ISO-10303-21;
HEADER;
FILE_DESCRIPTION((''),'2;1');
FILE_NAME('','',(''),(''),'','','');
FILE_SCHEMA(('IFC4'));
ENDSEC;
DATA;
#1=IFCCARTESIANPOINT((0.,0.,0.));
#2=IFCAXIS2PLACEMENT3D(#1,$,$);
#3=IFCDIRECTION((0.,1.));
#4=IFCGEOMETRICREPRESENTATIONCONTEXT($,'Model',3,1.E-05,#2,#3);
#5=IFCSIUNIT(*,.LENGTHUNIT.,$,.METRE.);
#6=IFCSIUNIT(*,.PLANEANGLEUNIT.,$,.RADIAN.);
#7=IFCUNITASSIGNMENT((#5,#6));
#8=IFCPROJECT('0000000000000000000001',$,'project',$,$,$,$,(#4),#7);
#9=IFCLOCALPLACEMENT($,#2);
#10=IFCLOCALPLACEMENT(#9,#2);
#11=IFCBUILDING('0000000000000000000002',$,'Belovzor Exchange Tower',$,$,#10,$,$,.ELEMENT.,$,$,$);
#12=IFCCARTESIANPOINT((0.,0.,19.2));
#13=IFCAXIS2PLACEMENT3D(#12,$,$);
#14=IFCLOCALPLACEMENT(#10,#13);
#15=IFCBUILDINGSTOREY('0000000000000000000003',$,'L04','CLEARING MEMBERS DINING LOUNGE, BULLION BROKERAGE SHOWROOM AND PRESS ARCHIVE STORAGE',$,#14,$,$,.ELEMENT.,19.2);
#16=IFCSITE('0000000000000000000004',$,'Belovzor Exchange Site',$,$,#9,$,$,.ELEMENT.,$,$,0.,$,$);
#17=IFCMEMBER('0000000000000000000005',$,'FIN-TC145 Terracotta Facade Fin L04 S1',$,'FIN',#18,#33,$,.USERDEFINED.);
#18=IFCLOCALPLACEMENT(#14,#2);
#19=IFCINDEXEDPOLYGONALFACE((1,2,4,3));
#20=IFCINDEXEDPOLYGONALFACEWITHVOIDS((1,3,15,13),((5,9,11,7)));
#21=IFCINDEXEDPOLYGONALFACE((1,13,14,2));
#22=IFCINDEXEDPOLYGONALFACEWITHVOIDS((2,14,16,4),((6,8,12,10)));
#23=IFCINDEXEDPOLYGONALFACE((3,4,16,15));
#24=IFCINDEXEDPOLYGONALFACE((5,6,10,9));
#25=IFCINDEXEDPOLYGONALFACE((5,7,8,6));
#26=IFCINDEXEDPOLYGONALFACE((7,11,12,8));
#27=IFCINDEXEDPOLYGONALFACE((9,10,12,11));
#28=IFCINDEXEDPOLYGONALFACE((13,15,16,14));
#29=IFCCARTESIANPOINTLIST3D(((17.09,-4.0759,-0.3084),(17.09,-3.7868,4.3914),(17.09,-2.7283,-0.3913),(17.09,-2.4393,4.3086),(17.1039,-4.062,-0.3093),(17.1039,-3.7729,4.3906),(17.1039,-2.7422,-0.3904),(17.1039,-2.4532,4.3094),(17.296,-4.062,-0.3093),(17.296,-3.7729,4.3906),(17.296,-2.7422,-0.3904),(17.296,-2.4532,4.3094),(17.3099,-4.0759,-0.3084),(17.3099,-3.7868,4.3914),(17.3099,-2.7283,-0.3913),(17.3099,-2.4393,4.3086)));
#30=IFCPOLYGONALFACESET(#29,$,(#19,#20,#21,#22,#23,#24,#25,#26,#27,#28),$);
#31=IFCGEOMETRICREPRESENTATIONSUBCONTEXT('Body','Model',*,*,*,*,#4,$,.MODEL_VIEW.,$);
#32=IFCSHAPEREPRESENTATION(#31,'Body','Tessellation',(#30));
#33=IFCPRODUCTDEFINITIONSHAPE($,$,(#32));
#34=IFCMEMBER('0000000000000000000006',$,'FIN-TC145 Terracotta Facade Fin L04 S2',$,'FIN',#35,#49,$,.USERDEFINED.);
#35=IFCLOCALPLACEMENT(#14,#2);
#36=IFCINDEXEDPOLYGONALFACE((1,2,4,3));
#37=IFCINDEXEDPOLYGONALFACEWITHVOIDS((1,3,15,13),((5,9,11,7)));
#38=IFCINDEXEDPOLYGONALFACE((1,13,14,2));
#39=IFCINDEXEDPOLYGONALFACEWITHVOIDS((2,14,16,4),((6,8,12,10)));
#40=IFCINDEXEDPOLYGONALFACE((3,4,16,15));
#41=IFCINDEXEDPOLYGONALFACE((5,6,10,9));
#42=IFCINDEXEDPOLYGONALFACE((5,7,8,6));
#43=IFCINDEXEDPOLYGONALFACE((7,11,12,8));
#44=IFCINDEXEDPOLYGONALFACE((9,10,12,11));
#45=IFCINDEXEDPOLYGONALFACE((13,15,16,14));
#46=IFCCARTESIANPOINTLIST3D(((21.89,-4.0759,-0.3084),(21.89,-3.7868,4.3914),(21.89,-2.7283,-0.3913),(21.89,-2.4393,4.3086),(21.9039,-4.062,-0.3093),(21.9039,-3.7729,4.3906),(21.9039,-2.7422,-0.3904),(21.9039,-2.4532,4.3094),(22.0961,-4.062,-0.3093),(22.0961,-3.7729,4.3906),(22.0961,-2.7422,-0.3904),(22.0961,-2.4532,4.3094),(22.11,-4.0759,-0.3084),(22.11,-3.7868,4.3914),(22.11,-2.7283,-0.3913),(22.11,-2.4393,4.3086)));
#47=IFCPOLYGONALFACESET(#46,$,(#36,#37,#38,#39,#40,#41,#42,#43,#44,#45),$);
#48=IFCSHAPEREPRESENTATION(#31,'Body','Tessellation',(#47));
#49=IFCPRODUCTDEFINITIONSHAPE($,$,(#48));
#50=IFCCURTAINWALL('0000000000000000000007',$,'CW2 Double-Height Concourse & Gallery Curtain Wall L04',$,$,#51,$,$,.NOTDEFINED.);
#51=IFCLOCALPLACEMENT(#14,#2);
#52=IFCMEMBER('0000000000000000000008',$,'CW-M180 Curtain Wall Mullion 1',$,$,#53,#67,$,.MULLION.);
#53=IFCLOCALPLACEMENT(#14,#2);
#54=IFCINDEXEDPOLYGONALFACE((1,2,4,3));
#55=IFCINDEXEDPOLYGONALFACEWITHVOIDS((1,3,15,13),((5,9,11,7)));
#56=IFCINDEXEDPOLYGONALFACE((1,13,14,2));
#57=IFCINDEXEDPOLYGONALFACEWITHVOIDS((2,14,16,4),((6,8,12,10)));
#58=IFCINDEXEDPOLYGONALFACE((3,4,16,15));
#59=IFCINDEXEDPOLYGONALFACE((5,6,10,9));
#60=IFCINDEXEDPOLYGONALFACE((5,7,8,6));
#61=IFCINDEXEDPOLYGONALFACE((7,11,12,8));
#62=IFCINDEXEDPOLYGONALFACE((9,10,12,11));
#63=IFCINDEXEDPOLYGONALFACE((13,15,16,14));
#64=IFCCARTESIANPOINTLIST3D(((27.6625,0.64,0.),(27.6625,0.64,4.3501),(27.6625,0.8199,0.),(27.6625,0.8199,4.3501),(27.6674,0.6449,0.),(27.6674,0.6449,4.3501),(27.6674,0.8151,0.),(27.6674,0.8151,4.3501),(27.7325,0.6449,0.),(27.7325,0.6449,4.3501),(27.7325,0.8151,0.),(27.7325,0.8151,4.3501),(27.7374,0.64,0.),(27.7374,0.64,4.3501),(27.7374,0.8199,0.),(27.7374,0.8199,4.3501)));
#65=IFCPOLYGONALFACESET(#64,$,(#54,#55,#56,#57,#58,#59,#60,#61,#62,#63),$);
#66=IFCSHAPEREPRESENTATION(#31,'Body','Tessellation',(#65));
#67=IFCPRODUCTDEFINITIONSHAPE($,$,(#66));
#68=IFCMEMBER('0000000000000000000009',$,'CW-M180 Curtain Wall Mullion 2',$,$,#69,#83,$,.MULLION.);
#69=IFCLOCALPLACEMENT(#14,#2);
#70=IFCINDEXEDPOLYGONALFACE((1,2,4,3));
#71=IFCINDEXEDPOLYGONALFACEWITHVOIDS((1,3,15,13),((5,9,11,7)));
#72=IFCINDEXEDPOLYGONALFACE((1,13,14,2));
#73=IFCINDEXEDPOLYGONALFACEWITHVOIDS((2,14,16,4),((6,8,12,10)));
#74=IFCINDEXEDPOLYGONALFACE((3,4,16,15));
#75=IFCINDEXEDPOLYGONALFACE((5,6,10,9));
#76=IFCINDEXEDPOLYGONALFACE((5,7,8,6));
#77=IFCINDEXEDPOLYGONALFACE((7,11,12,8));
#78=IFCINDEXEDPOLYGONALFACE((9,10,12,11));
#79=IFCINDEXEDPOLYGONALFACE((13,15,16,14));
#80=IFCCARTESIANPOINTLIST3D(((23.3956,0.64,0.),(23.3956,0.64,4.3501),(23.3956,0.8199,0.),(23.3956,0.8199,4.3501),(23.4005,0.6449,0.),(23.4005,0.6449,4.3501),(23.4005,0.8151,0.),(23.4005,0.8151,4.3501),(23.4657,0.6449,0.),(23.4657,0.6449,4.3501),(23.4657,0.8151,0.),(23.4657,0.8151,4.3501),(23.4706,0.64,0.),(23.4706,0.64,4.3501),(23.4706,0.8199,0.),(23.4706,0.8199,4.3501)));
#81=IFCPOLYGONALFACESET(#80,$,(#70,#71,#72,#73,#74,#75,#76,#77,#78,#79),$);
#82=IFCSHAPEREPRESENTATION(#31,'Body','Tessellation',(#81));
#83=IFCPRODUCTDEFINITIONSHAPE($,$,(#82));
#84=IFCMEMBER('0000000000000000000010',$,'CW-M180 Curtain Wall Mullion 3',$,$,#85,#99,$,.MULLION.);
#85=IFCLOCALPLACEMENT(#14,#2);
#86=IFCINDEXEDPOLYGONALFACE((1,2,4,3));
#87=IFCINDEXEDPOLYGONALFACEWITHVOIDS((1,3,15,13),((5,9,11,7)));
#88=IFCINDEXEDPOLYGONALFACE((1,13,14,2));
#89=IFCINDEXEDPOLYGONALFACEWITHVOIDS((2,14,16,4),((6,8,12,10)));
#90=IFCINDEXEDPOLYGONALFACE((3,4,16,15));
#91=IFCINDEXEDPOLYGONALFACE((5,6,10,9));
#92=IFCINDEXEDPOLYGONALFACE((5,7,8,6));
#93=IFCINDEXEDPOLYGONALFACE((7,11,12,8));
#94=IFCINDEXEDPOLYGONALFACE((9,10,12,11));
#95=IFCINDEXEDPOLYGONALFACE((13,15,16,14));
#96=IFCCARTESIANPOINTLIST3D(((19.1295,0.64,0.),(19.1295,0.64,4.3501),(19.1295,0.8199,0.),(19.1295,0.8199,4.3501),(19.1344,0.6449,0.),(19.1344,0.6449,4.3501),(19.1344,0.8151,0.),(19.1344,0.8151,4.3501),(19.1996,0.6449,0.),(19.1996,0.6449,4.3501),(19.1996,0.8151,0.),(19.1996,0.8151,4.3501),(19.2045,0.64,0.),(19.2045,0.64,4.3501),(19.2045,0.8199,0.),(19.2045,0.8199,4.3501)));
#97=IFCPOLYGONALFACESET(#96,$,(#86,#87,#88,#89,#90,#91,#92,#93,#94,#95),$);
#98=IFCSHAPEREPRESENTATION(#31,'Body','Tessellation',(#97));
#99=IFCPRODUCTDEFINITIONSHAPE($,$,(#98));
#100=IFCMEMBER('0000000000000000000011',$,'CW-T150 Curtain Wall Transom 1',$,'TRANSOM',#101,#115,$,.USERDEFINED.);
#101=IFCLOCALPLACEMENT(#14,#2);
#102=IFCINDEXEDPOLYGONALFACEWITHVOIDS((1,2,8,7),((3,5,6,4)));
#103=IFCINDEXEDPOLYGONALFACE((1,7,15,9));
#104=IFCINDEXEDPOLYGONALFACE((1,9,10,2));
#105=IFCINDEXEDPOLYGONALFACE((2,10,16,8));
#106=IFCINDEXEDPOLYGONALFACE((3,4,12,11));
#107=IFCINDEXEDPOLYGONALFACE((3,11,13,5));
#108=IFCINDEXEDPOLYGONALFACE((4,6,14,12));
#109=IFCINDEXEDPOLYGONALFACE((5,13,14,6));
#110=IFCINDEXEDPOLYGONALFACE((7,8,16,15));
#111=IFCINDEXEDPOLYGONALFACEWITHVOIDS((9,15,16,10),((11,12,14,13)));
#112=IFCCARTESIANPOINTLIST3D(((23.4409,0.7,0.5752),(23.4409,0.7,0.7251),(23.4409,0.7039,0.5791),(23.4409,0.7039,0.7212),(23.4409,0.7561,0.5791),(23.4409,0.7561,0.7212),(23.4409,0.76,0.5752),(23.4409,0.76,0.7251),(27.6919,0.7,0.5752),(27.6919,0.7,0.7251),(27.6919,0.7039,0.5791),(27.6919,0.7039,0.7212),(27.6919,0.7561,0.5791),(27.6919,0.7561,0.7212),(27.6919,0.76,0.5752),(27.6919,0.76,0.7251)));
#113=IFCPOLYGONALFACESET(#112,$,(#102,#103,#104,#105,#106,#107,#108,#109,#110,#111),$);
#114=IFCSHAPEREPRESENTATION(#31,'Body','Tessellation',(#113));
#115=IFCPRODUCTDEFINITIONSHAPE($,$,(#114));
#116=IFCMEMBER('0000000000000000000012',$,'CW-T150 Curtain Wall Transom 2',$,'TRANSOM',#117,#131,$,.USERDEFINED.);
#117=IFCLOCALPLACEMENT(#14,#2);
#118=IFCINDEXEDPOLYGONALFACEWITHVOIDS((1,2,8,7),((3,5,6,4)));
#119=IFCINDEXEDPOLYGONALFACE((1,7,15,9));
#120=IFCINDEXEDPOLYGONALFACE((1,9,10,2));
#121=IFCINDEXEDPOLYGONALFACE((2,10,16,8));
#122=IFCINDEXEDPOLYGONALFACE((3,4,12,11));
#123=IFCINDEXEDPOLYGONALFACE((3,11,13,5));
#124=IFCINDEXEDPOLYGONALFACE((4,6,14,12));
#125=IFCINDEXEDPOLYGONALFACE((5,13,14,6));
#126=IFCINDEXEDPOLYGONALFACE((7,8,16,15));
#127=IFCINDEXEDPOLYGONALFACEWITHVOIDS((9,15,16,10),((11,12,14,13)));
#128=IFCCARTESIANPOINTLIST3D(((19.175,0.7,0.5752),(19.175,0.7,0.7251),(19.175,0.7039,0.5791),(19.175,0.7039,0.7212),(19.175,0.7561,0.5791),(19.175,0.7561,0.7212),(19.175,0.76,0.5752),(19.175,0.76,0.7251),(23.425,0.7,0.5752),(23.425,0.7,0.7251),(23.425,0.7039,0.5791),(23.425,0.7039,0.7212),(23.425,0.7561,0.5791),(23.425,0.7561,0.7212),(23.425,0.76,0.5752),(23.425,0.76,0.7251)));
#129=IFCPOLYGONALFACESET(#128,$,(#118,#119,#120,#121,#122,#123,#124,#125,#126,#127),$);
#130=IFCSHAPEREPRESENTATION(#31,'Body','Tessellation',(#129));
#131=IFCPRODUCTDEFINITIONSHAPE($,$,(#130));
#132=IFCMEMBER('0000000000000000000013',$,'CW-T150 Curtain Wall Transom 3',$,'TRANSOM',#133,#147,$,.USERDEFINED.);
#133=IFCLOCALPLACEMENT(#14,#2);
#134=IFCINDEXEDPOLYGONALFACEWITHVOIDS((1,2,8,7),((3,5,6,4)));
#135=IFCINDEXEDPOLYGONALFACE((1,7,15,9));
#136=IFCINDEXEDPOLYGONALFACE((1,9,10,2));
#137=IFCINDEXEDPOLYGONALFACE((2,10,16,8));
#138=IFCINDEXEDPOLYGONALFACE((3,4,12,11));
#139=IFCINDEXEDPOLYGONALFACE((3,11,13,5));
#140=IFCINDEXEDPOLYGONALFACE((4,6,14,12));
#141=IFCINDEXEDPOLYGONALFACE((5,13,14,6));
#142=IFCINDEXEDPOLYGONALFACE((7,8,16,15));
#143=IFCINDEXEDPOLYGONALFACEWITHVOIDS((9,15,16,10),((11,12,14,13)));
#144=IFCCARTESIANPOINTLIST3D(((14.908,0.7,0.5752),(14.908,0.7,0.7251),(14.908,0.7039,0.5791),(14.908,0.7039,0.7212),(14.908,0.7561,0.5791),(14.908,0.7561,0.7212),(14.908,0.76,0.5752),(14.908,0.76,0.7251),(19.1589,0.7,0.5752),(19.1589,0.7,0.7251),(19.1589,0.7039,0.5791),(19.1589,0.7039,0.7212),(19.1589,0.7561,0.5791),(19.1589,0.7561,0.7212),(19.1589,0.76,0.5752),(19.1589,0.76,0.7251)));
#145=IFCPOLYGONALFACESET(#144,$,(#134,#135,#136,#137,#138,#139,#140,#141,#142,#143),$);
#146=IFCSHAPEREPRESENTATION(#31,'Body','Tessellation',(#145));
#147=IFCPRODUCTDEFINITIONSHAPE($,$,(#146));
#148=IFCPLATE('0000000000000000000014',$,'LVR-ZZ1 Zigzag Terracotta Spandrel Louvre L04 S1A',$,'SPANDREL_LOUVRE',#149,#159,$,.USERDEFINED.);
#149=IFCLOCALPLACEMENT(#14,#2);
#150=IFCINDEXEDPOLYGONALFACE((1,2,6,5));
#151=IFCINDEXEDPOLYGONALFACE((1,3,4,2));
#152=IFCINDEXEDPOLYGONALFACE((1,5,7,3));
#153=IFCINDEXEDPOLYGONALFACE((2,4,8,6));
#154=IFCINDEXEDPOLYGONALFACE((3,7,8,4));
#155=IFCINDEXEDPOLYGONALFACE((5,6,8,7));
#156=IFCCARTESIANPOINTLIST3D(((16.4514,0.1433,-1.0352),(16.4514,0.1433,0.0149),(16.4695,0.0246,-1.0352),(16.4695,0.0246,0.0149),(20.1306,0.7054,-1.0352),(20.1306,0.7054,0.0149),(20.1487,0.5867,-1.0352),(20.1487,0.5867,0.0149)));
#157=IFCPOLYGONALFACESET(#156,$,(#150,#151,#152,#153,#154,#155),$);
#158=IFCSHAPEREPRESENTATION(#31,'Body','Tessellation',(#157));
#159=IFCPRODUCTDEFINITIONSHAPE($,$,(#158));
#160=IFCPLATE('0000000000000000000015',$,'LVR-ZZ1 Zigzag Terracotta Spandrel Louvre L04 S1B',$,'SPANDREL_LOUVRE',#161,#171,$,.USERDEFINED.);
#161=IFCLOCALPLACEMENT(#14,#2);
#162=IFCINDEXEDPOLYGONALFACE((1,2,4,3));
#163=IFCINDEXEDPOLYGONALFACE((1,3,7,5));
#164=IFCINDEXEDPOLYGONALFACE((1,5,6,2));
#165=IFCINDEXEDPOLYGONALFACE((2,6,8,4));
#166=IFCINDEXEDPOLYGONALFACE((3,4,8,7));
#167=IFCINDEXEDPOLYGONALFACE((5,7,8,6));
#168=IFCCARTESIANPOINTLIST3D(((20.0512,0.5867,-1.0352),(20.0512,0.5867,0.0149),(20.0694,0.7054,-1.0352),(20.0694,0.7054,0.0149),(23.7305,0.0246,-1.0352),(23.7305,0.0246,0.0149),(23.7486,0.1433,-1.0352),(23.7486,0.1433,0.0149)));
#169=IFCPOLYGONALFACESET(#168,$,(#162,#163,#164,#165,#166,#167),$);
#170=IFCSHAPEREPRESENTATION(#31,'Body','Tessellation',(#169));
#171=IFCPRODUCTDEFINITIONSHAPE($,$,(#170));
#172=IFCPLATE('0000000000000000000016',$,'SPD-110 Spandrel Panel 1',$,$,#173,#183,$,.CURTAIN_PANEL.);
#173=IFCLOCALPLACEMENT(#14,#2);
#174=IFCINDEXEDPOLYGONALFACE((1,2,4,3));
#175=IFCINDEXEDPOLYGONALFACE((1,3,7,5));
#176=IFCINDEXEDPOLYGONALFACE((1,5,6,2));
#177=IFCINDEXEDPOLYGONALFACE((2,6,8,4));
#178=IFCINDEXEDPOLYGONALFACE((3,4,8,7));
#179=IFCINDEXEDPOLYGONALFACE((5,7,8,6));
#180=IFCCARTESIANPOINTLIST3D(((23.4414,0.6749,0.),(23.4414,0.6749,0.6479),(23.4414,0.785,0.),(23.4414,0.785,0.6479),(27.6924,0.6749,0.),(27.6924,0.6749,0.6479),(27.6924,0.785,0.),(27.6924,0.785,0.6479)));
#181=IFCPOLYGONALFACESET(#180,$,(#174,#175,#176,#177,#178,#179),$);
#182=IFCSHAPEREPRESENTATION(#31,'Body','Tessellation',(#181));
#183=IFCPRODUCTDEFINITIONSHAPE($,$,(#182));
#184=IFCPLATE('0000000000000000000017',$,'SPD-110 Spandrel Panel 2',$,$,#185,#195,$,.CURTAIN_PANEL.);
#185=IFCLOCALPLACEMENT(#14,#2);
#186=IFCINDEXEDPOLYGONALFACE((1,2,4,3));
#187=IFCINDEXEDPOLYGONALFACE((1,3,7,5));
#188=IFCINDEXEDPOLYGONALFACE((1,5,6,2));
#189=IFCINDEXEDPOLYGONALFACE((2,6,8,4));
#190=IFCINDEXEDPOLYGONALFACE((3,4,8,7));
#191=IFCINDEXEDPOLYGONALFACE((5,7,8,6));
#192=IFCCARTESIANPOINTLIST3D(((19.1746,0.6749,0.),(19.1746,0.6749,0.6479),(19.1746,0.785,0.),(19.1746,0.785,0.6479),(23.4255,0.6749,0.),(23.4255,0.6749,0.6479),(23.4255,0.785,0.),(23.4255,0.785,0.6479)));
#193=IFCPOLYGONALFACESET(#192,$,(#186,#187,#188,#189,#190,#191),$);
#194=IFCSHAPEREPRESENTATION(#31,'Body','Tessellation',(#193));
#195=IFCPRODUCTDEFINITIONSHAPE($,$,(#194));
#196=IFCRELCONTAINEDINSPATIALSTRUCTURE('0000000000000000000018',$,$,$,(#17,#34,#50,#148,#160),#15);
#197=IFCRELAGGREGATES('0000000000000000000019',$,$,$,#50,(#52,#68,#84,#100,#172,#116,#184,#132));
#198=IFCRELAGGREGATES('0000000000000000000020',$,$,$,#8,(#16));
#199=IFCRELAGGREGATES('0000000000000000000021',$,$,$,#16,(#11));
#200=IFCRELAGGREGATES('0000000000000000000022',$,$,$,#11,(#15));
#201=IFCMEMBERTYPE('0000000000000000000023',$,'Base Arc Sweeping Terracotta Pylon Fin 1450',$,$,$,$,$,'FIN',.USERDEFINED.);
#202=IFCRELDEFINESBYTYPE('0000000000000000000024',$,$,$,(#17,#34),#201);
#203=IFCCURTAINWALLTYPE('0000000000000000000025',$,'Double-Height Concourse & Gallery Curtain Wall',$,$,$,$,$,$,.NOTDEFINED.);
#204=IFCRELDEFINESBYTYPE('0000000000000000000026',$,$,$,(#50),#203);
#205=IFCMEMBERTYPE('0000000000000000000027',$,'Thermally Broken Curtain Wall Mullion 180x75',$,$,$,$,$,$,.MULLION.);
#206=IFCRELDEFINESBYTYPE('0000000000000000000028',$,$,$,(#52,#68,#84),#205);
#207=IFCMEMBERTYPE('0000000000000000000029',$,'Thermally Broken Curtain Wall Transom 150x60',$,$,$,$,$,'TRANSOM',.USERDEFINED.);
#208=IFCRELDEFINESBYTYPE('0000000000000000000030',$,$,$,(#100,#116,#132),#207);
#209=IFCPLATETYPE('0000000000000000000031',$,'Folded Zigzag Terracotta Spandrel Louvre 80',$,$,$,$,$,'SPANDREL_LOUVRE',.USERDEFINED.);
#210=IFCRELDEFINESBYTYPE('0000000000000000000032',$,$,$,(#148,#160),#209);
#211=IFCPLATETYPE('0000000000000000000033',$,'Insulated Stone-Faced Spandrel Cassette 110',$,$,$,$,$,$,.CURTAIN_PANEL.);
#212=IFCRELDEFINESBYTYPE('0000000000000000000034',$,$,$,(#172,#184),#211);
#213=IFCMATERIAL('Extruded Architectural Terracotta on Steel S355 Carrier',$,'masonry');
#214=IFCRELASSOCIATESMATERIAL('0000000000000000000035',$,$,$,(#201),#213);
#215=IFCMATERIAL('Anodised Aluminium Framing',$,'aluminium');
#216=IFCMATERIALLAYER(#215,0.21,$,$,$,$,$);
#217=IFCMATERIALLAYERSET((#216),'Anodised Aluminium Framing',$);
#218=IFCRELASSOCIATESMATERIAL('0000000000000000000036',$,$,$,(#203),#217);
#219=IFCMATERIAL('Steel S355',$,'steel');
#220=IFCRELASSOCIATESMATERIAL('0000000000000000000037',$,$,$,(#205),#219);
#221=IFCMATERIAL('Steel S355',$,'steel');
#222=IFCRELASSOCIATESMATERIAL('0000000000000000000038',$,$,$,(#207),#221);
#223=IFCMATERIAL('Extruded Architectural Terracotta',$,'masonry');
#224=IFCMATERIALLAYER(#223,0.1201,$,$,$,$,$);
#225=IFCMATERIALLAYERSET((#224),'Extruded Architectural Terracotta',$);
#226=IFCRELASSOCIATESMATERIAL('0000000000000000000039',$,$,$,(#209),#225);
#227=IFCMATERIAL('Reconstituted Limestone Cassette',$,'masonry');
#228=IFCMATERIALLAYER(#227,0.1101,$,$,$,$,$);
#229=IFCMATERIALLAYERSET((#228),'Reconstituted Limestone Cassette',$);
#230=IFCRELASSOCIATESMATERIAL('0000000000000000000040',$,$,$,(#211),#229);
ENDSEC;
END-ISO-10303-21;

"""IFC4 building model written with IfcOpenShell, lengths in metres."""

from ifc_helpers import new_model, si_unit, direction, frame, origin, origin_2d, place, context, subcontext, project, spatial, rectangle, hollow_rectangle, extrude, material, layer, layer_set, material_profile, profile_set, type_object, element, aggregate, save


model = new_model("IFC4")

# Units and contexts
model_context = context("Model", 3, precision=1e-05, world=origin(), true_north=direction((0.0, 1.0)))
body_context = subcontext(model_context, "Body", "Model", "MODEL_VIEW")
ifc_project = project(units=[si_unit("LENGTHUNIT", "METRE"), si_unit("PLANEANGLEUNIT", "RADIAN")], contexts=[model_context])

# Site, building, storey
site_placement = place(None, origin())
site = spatial("IfcSite", under=ifc_project, at=site_placement, Name="Belovzor Exchange Site", CompositionType="ELEMENT", RefElevation=0.0)
building_placement = place(site_placement, origin())
building = spatial("IfcBuilding", under=site, at=building_placement, Name="Belovzor Exchange Tower", CompositionType="ELEMENT")
storey_placement = place(building_placement, frame((0.0, 0.0, 19.2)))
storey = spatial("IfcBuildingStorey", under=building, at=storey_placement, Name="L04", Description="CLEARING MEMBERS DINING LOUNGE, BULLION BROKERAGE SHOWROOM AND PRESS ARCHIVE STORAGE", CompositionType="ELEMENT", Elevation=19.2)

# Members
ifc_material_1 = material(Name="Extruded Architectural Terracotta on Steel S355 Carrier", Category="masonry")
ifc_material_profile_1 = material_profile(ifc_material_1, hollow_rectangle(XDim=0.22, YDim=1.3501, WallThickness=0.0139, at=origin_2d()))
ifc_profile_set_1 = profile_set([ifc_material_profile_1], Name="Extruded Architectural Terracotta on Steel S355 Carrier")
member_type_1 = type_object("IfcMemberType", Name="Base Arc Sweeping Terracotta Pylon Fin 1450", ElementType="FIN", PredefinedType="USERDEFINED", material=ifc_profile_set_1)
for number, where, z_axis, x_axis, name in (
    (1, (17.2, -3.4021, -0.3499), (0.0, 0.061387, 0.998114), (-1.0, 0.0, 0.0), "FIN-TC145 Terracotta Facade Fin L04 S1"),
    (2, (22.0, -3.4021, -0.3499), (0.0, 0.061387, 0.998114), (-1.0, 0.0, 0.0), "FIN-TC145 Terracotta Facade Fin L04 S2"),
):
    element("IfcMember", number, at=place(storey_placement, frame(where, z_axis=z_axis, x_axis=x_axis)), inside=storey, type_object=member_type_1, Name=name, ObjectType="FIN", PredefinedType="USERDEFINED", context=body_context, shape_type="SweptSolid", body=[
        extrude(hollow_rectangle(XDim=0.22, YDim=1.3501, WallThickness=0.0139, at=origin_2d()), origin(), (0.0, 0.0, 1.0), 4.7087),
    ])

# Curtain wall, members
ifc_material_2 = material(Name="Anodised Aluminium Framing", Category="aluminium")
ifc_layer_1 = layer(ifc_material_2, 0.21)
ifc_layer_set_1 = layer_set([ifc_layer_1], Name="Anodised Aluminium Framing")
curtain_wall_type = type_object("IfcCurtainWallType", Name="Double-Height Concourse & Gallery Curtain Wall", PredefinedType="NOTDEFINED", material=ifc_layer_set_1)
curtain_wall_placement = place(storey_placement, origin())
curtain_wall = element("IfcCurtainWall", 3, at=curtain_wall_placement, inside=storey, type_object=curtain_wall_type, Name="CW2 Double-Height Concourse & Gallery Curtain Wall L04", PredefinedType="NOTDEFINED")
ifc_material_3 = material(Name="Steel S355", Category="steel")
ifc_material_profile_2 = material_profile(ifc_material_3, hollow_rectangle(XDim=0.075, YDim=0.1799, WallThickness=0.0049, at=origin_2d()))
ifc_profile_set_2 = profile_set([ifc_material_profile_2], Name="Steel S355")
member_type_2 = type_object("IfcMemberType", Name="Thermally Broken Curtain Wall Mullion 180x75", PredefinedType="MULLION", material=ifc_profile_set_2)
member_1_placement = place(storey_placement, frame((27.7, 0.73, 0.0), z_axis=(0.0, 0.0, 1.0), x_axis=(-1.0, 0.0, 0.0)))
member_1 = element("IfcMember", 4, at=member_1_placement, type_object=member_type_2, Name="CW-M180 Curtain Wall Mullion 1", PredefinedType="MULLION", context=body_context, shape_type="SweptSolid", body=[
    extrude(hollow_rectangle(XDim=0.075, YDim=0.1799, WallThickness=0.0049, at=origin_2d()), origin(), (0.0, 0.0, 1.0), 4.3501),
])
member_2_placement = place(storey_placement, frame((23.4331, 0.73, 0.0), z_axis=(0.0, 0.0, 1.0), x_axis=(-1.0, 0.0, 0.0)))
member_2 = element("IfcMember", 5, at=member_2_placement, type_object=member_type_2, Name="CW-M180 Curtain Wall Mullion 2", PredefinedType="MULLION", context=body_context, shape_type="SweptSolid", body=[
    extrude(hollow_rectangle(XDim=0.075, YDim=0.1799, WallThickness=0.0049, at=origin_2d()), origin(), (0.0, 0.0, 1.0), 4.3501),
])
member_3_placement = place(storey_placement, frame((19.167, 0.73, 0.0), z_axis=(0.0, 0.0, 1.0), x_axis=(-1.0, 0.0, 0.0)))
member_3 = element("IfcMember", 6, at=member_3_placement, type_object=member_type_2, Name="CW-M180 Curtain Wall Mullion 3", PredefinedType="MULLION", context=body_context, shape_type="SweptSolid", body=[
    extrude(hollow_rectangle(XDim=0.075, YDim=0.1799, WallThickness=0.0049, at=origin_2d()), origin(), (0.0, 0.0, 1.0), 4.3501),
])
ifc_material_4 = material(Name="Steel S355", Category="steel")
ifc_material_profile_3 = material_profile(ifc_material_4, hollow_rectangle(XDim=0.0601, YDim=0.1499, WallThickness=0.0039, at=origin_2d()))
ifc_profile_set_3 = profile_set([ifc_material_profile_3], Name="Steel S355")
member_type_3 = type_object("IfcMemberType", Name="Thermally Broken Curtain Wall Transom 150x60", ElementType="TRANSOM", PredefinedType="USERDEFINED", material=ifc_profile_set_3)
member_4_placement = place(storey_placement, frame((27.6919, 0.73, 0.6501), z_axis=(-1.0, 0.0, 0.0), x_axis=(0.0, -1.0, 0.0)))
member_4 = element("IfcMember", 7, at=member_4_placement, type_object=member_type_3, Name="CW-T150 Curtain Wall Transom 1", ObjectType="TRANSOM", PredefinedType="USERDEFINED", context=body_context, shape_type="SweptSolid", body=[
    extrude(hollow_rectangle(XDim=0.0601, YDim=0.1499, WallThickness=0.0039, at=origin_2d()), origin(), (0.0, 0.0, 1.0), 4.251),
])
member_5_placement = place(storey_placement, frame((23.425, 0.73, 0.6501), z_axis=(-1.0, 0.0, 0.0), x_axis=(0.0, -1.0, 0.0)))
member_5 = element("IfcMember", 8, at=member_5_placement, type_object=member_type_3, Name="CW-T150 Curtain Wall Transom 2", ObjectType="TRANSOM", PredefinedType="USERDEFINED", context=body_context, shape_type="SweptSolid", body=[
    extrude(hollow_rectangle(XDim=0.0601, YDim=0.1499, WallThickness=0.0039, at=origin_2d()), origin(), (0.0, 0.0, 1.0), 4.25),
])
member_6_placement = place(storey_placement, frame((19.1589, 0.73, 0.6501), z_axis=(-1.0, 0.0, 0.0), x_axis=(0.0, -1.0, 0.0)))
member_6 = element("IfcMember", 9, at=member_6_placement, type_object=member_type_3, Name="CW-T150 Curtain Wall Transom 3", ObjectType="TRANSOM", PredefinedType="USERDEFINED", context=body_context, shape_type="SweptSolid", body=[
    extrude(hollow_rectangle(XDim=0.0601, YDim=0.1499, WallThickness=0.0039, at=origin_2d()), origin(), (0.0, 0.0, 1.0), 4.251),
])

# Plates
ifc_material_5 = material(Name="Extruded Architectural Terracotta", Category="masonry")
ifc_layer_2 = layer(ifc_material_5, 0.1201)
ifc_layer_set_2 = layer_set([ifc_layer_2], Name="Extruded Architectural Terracotta")
plate_type_1 = type_object("IfcPlateType", Name="Folded Zigzag Terracotta Spandrel Louvre 80", ElementType="SPANDREL_LOUVRE", PredefinedType="USERDEFINED", material=ifc_layer_set_2)
for number, where, z_axis, x_axis, name in (
    (10, (18.3, 0.365, -1.0352), (0.0, 0.0, 1.0), (0.988531, 0.151019, 0.0), "LVR-ZZ1 Zigzag Terracotta Spandrel Louvre L04 S1A"),
    (11, (21.8999, 0.365, -1.0352), (0.0, 0.0, 1.0), (0.988531, -0.151019, 0.0), "LVR-ZZ1 Zigzag Terracotta Spandrel Louvre L04 S1B"),
):
    element("IfcPlate", number, at=place(storey_placement, frame(where, z_axis=z_axis, x_axis=x_axis)), inside=storey, type_object=plate_type_1, Name=name, ObjectType="SPANDREL_LOUVRE", PredefinedType="USERDEFINED", context=body_context, shape_type="SweptSolid", body=[
        extrude(rectangle(XDim=3.7219, YDim=0.1201, at=origin_2d()), origin(), (0.0, 0.0, 1.0), 1.05),
    ])

# Plates
ifc_material_6 = material(Name="Reconstituted Limestone Cassette", Category="masonry")
ifc_layer_3 = layer(ifc_material_6, 0.1101)
ifc_layer_set_3 = layer_set([ifc_layer_3], Name="Reconstituted Limestone Cassette")
plate_type_2 = type_object("IfcPlateType", Name="Insulated Stone-Faced Spandrel Cassette 110", PredefinedType="CURTAIN_PANEL", material=ifc_layer_set_3)
plate_1_placement = place(storey_placement, frame((25.5669, 0.73, 0.0), z_axis=(0.0, 0.0, 1.0), x_axis=(-1.0, 0.0, 0.0)))
plate_1 = element("IfcPlate", 12, at=plate_1_placement, type_object=plate_type_2, Name="SPD-110 Spandrel Panel 1", PredefinedType="CURTAIN_PANEL", context=body_context, shape_type="SweptSolid", body=[
    extrude(rectangle(XDim=4.251, YDim=0.1101, at=origin_2d()), origin(), (0.0, 0.0, 1.0), 0.6479),
])
plate_2_placement = place(storey_placement, frame((21.3, 0.73, 0.0), z_axis=(0.0, 0.0, 1.0), x_axis=(-1.0, 0.0, 0.0)))
plate_2 = element("IfcPlate", 13, at=plate_2_placement, type_object=plate_type_2, Name="SPD-110 Spandrel Panel 2", PredefinedType="CURTAIN_PANEL", context=body_context, shape_type="SweptSolid", body=[
    extrude(rectangle(XDim=4.251, YDim=0.1101, at=origin_2d()), origin(), (0.0, 0.0, 1.0), 0.6479),
])
aggregate(curtain_wall, [member_1, member_2, member_3, member_4, plate_1, member_5, plate_2, member_6])

save(model, "model.ifc")
